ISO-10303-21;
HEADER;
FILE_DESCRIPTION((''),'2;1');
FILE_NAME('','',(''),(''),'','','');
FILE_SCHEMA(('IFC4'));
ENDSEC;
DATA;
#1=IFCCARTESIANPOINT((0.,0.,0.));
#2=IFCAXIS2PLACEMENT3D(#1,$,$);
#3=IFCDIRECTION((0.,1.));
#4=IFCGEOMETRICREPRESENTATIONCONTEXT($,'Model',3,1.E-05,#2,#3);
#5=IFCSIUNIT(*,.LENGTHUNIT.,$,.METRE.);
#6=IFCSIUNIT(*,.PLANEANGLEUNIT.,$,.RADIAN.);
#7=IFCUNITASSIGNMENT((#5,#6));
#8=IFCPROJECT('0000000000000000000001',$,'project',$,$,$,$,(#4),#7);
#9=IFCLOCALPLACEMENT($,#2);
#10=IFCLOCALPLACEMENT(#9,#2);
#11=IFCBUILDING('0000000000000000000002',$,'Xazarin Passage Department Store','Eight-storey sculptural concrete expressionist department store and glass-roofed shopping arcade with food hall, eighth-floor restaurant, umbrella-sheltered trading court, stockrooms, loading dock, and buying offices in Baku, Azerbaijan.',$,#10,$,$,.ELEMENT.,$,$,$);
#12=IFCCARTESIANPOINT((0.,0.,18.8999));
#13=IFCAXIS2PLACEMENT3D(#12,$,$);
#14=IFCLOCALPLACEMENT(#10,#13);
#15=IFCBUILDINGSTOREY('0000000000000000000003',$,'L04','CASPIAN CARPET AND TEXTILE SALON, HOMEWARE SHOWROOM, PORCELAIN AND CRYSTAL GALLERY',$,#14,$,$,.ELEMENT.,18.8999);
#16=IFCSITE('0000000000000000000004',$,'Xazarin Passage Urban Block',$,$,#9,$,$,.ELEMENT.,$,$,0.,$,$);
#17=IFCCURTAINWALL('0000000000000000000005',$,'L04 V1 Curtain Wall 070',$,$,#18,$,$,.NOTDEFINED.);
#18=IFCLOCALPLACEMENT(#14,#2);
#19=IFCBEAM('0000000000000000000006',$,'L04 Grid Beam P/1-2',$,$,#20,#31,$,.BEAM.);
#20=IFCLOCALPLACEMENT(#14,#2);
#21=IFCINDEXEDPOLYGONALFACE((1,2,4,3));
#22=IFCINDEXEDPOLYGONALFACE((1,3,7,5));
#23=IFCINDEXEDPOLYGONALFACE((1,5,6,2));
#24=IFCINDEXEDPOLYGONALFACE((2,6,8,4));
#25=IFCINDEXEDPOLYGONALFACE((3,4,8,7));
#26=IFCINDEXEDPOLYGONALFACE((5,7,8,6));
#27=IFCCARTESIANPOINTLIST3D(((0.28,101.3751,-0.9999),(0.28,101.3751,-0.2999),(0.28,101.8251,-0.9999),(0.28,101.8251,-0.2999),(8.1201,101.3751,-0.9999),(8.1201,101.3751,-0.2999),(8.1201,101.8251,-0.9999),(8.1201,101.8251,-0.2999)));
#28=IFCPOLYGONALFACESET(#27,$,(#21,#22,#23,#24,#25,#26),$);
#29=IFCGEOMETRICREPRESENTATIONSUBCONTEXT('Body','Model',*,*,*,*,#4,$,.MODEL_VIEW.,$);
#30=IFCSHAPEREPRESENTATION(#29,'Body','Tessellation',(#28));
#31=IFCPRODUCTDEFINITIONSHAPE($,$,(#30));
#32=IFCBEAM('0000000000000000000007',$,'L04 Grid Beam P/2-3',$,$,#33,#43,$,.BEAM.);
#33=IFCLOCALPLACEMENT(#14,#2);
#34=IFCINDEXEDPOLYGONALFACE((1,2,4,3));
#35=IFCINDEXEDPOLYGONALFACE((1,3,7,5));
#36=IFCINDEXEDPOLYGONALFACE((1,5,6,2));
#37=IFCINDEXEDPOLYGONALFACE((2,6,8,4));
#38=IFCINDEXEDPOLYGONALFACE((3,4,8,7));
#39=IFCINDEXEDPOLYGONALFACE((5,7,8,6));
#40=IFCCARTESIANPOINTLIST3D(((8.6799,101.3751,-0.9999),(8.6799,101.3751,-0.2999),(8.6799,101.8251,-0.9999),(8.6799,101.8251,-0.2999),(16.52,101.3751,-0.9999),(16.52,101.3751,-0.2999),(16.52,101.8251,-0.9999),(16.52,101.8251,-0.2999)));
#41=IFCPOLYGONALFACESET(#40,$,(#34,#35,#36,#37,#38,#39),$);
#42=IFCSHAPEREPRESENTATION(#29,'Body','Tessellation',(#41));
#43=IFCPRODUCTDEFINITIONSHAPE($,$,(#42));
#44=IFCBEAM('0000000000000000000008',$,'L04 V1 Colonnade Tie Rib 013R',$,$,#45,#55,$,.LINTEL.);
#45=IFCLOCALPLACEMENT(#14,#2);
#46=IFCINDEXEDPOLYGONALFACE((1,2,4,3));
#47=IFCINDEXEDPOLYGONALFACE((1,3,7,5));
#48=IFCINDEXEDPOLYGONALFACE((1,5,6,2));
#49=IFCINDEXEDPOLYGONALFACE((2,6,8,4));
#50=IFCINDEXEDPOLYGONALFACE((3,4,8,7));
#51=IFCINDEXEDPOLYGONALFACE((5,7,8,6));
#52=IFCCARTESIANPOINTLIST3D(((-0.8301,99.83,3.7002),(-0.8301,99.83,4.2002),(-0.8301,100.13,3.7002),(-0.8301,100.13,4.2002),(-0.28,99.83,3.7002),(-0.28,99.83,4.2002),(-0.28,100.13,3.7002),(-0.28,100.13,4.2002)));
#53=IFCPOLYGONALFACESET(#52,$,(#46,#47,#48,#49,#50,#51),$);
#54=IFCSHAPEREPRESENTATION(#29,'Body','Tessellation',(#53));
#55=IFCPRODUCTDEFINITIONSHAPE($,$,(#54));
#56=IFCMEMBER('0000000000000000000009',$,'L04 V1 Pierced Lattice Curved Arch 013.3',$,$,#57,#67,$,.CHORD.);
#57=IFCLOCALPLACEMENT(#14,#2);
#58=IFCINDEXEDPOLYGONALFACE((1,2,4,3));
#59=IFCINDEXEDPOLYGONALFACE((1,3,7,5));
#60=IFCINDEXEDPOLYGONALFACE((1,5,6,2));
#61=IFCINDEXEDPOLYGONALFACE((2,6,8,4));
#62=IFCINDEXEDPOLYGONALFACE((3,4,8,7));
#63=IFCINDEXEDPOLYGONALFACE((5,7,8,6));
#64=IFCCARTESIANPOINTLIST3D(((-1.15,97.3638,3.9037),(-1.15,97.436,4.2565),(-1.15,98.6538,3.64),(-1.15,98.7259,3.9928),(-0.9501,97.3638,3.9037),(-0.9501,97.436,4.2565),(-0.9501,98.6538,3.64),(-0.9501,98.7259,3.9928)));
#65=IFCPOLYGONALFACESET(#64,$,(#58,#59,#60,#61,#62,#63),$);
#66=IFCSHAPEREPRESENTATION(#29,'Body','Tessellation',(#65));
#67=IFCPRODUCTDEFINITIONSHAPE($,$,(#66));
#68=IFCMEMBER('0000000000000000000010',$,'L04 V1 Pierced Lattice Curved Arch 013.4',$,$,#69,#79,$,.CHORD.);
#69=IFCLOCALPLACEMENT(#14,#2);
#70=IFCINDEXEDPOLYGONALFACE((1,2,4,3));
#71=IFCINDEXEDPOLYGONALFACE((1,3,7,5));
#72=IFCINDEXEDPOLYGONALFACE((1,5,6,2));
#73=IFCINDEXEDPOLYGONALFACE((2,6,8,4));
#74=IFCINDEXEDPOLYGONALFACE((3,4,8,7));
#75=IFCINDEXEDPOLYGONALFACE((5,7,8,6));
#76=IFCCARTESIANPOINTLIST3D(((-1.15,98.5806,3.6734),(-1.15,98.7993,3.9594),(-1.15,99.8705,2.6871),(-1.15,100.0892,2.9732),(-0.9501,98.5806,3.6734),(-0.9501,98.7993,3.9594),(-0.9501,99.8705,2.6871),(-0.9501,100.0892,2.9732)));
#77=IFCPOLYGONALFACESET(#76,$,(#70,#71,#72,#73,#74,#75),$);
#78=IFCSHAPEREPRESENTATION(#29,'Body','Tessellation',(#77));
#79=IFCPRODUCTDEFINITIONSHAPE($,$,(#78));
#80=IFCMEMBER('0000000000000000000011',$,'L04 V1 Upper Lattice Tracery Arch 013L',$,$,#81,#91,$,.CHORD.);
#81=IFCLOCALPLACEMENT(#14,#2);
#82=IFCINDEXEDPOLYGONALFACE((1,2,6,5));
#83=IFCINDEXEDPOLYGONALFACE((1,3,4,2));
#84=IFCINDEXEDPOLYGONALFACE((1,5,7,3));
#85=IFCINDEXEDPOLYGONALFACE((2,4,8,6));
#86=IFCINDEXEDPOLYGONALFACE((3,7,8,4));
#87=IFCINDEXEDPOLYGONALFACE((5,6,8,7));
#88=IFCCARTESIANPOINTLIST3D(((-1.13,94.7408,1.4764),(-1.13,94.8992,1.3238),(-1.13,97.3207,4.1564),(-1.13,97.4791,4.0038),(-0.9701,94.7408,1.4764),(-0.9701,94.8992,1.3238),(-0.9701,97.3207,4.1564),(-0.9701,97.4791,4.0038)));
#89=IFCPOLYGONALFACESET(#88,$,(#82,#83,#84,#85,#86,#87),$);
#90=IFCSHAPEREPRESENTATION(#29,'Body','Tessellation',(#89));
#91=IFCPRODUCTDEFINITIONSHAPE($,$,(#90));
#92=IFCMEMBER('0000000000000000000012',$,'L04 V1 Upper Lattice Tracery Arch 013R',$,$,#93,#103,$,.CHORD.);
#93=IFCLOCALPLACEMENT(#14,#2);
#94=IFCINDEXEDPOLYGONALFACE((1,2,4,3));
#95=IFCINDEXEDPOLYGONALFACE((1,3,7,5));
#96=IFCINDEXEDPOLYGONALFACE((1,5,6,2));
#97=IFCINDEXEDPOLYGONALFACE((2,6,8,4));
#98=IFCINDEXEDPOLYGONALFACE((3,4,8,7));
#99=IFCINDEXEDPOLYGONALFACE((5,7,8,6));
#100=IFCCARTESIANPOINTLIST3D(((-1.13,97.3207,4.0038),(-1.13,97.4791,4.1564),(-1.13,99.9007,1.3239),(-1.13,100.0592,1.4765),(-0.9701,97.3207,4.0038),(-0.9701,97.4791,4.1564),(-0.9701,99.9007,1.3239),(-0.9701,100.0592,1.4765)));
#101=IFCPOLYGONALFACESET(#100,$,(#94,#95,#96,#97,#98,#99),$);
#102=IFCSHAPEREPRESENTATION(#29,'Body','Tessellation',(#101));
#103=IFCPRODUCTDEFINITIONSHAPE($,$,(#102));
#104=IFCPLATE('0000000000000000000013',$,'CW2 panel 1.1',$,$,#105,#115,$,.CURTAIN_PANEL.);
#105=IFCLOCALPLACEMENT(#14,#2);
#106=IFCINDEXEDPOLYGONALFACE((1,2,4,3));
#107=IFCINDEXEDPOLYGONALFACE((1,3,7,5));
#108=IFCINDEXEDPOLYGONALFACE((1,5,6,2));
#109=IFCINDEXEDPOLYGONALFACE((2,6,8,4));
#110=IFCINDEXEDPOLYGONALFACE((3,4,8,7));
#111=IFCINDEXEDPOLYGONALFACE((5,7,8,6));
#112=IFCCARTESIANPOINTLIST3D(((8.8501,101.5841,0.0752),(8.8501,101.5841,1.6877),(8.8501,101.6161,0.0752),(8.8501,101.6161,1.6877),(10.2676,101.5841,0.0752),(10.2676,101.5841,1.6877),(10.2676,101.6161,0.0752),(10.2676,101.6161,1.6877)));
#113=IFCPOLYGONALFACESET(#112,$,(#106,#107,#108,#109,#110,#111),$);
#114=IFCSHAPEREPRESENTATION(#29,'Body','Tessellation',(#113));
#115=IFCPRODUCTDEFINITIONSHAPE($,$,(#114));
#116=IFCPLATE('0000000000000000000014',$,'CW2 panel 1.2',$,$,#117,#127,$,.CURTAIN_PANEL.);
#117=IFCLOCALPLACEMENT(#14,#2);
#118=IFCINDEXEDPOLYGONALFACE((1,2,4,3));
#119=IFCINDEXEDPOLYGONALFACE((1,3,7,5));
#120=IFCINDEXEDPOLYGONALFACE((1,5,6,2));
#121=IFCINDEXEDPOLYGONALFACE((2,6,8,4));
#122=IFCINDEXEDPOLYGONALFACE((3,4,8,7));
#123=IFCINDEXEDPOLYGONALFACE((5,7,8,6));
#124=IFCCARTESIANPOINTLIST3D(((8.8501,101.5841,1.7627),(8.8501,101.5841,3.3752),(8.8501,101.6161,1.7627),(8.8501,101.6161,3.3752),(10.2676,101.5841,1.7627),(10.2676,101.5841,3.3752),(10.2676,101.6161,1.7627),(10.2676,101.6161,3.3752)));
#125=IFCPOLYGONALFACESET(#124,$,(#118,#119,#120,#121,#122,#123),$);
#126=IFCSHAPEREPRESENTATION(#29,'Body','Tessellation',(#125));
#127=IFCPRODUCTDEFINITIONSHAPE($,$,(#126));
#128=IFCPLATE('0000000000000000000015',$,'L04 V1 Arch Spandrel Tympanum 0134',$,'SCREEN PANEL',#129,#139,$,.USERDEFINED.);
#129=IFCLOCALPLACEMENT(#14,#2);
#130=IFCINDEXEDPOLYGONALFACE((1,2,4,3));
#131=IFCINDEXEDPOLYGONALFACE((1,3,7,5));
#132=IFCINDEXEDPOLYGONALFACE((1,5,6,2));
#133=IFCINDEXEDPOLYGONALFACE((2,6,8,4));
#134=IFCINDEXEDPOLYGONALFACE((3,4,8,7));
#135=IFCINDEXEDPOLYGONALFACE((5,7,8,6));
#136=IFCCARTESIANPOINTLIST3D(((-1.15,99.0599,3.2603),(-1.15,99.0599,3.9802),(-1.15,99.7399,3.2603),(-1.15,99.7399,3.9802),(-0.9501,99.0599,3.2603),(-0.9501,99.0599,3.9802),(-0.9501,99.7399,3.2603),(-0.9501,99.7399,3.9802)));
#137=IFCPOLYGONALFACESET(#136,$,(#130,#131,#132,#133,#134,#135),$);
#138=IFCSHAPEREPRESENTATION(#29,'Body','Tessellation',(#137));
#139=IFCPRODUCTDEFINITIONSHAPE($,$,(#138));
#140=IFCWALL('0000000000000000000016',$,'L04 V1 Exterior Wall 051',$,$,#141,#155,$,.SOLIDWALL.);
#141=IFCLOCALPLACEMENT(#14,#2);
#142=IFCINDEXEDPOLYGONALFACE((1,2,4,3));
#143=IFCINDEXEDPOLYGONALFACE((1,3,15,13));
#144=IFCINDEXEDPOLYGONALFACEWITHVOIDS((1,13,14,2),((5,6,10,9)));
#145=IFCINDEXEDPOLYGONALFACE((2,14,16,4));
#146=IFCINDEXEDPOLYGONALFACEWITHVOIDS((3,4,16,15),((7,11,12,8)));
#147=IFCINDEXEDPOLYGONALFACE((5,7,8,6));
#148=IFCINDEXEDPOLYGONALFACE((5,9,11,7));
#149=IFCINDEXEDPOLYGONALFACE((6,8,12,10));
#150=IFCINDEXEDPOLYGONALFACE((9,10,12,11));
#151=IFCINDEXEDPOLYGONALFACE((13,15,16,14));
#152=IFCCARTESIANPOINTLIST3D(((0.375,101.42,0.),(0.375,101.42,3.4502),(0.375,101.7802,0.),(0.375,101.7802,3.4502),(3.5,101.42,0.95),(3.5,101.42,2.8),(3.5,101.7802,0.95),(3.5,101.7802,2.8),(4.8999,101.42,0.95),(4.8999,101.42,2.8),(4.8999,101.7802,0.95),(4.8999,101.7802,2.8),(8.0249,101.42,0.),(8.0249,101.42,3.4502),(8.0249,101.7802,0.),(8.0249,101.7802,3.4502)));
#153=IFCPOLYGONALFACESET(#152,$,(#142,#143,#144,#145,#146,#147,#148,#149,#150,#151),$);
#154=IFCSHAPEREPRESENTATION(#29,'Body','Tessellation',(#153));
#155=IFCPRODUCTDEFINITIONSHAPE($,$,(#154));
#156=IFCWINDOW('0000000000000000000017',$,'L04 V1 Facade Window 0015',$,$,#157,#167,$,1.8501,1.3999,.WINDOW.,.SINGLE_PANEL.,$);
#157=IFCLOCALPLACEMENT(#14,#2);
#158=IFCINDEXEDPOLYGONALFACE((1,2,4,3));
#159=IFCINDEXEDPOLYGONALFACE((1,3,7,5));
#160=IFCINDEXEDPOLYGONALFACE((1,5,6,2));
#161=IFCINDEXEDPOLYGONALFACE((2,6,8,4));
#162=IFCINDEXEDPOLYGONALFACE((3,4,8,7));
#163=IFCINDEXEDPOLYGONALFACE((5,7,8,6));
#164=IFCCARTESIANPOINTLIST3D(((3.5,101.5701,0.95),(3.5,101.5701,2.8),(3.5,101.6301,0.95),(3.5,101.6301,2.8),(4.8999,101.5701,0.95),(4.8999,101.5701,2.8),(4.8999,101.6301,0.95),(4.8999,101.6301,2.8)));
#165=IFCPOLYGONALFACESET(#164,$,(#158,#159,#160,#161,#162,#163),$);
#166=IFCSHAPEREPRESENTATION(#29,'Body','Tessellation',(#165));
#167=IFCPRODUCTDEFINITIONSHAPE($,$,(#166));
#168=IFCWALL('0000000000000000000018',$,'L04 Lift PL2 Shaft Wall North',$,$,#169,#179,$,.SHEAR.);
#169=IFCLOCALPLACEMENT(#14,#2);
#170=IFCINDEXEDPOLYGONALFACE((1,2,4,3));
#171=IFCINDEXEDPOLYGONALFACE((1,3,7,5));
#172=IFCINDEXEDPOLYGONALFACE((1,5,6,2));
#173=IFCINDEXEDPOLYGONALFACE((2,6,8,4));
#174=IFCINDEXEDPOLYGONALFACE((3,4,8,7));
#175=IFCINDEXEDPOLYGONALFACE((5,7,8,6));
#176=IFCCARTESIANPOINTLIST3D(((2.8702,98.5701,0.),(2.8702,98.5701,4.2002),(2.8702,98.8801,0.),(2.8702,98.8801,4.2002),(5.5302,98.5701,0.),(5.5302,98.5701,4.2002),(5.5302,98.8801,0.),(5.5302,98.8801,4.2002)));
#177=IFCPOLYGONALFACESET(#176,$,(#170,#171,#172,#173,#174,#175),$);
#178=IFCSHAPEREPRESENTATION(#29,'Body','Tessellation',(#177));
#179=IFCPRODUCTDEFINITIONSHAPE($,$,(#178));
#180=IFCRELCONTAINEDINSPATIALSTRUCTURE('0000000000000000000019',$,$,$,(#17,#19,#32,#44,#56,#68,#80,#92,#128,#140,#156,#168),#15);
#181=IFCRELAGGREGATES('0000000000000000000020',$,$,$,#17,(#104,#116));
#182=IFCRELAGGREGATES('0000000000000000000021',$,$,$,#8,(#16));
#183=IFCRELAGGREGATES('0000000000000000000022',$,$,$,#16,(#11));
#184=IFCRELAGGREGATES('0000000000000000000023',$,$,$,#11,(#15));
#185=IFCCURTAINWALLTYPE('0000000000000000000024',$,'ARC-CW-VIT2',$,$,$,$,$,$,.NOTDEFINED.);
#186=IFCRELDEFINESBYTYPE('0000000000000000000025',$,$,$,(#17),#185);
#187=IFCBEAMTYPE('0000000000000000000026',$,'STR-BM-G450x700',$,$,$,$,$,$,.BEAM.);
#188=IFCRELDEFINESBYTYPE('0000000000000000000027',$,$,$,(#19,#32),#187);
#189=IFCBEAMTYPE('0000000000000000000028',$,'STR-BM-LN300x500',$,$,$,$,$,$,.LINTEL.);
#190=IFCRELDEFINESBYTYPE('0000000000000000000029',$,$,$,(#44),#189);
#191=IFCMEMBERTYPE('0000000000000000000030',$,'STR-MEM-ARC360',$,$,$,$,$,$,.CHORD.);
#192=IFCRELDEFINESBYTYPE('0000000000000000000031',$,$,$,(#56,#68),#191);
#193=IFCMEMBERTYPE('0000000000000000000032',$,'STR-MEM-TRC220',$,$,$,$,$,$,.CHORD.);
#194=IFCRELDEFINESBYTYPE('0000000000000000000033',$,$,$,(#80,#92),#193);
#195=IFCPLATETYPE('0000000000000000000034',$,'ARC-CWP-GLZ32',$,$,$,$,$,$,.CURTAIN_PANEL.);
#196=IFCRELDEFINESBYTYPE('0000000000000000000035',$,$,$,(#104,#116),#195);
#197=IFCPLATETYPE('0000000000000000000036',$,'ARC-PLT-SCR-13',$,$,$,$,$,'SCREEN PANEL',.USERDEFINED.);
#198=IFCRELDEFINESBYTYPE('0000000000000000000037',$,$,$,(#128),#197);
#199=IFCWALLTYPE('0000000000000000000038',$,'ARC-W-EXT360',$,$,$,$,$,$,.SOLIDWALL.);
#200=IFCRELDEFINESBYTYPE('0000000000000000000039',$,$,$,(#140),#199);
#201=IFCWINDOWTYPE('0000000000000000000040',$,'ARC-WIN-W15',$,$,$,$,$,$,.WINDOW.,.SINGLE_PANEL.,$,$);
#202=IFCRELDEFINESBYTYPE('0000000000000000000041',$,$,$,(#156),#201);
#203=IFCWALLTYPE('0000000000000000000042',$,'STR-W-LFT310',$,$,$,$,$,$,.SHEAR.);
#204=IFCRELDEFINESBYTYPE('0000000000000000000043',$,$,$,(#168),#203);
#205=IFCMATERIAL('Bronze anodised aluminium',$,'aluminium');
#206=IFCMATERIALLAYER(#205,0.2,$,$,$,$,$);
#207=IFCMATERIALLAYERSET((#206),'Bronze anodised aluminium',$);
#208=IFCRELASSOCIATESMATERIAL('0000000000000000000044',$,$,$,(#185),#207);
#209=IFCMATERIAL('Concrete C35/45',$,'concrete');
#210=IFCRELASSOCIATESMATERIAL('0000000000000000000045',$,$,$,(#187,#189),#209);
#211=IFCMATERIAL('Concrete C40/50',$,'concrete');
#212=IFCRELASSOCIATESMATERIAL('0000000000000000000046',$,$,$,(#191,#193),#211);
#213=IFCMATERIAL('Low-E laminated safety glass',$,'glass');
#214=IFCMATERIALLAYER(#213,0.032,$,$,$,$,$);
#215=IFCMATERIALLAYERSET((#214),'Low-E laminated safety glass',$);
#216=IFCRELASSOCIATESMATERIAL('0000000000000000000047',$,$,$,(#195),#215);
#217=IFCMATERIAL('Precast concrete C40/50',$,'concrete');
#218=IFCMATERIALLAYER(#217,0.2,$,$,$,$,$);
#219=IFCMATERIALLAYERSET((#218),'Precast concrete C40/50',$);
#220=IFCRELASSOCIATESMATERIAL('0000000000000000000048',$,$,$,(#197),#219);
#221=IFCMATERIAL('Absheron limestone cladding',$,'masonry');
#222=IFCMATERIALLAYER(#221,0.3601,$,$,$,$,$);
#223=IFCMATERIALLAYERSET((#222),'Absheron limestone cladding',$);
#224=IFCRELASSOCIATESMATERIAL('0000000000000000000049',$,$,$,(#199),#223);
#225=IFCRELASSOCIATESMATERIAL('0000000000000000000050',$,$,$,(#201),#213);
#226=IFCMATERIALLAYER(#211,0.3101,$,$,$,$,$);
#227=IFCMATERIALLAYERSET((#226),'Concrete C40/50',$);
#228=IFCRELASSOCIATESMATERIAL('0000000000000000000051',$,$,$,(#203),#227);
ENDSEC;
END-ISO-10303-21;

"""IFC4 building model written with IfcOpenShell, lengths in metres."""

from ifc_helpers import new_model, si_unit, direction, frame, frame_2d, origin, origin_2d, place, context, subcontext, project, spatial, rectangle, extrude, material, layer, layer_set, material_profile, profile_set, type_object, element, fill, aggregate, save


model = new_model("IFC4")

# Units and contexts
model_context = context("Model", 3, precision=1e-05, world=origin(), true_north=direction((0.0, 1.0)))
body_context = subcontext(model_context, "Body", "Model", "MODEL_VIEW")
ifc_project = project(units=[si_unit("LENGTHUNIT", "METRE"), si_unit("PLANEANGLEUNIT", "RADIAN")], contexts=[model_context])

# Site, building, storey
site_placement = place(None, origin())
site = spatial("IfcSite", under=ifc_project, at=site_placement, Name="Xazarin Passage Urban Block", CompositionType="ELEMENT", RefElevation=0.0)
building_placement = place(site_placement, origin())
building = spatial("IfcBuilding", under=site, at=building_placement, Name="Xazarin Passage Department Store", Description="Eight-storey sculptural concrete expressionist department store and glass-roofed shopping arcade with food hall, eighth-floor restaurant, umbrella-sheltered trading court, stockrooms, loading dock, and buying offices in Baku, Azerbaijan.", CompositionType="ELEMENT")
storey_placement = place(building_placement, frame((0.0, 0.0, 18.8999)))
storey = spatial("IfcBuildingStorey", under=building, at=storey_placement, Name="L04", Description="CASPIAN CARPET AND TEXTILE SALON, HOMEWARE SHOWROOM, PORCELAIN AND CRYSTAL GALLERY", CompositionType="ELEMENT", Elevation=18.8999)

# Shared definitions
ifc_material_1 = material(Name="Concrete C40/50", Category="concrete")

# Curtain wall
ifc_material_2 = material(Name="Bronze anodised aluminium", Category="aluminium")
ifc_layer_1 = layer(ifc_material_2, 0.2)
ifc_layer_set_1 = layer_set([ifc_layer_1], Name="Bronze anodised aluminium")
curtain_wall_type = type_object("IfcCurtainWallType", Name="ARC-CW-VIT2", PredefinedType="NOTDEFINED", material=ifc_layer_set_1)
curtain_wall_placement = place(storey_placement, origin())
curtain_wall = element("IfcCurtainWall", 1, at=curtain_wall_placement, inside=storey, type_object=curtain_wall_type, Name="L04 V1 Curtain Wall 070", PredefinedType="NOTDEFINED")

# Beams
ifc_material_3 = material(Name="Concrete C35/45", Category="concrete")
ifc_material_profile_1 = material_profile(ifc_material_3, rectangle(XDim=0.45, YDim=0.7, at=origin_2d()), Name="RC 450x700")
ifc_profile_set_1 = profile_set([ifc_material_profile_1], Name="Concrete C35/45")
beam_type_1 = type_object("IfcBeamType", Name="STR-BM-G450x700", PredefinedType="BEAM", material=ifc_profile_set_1)
for number, where, z_axis, x_axis, name in (
    (2, (0.28, 101.6001, -0.6499), (1.0, 0.0, 0.0), (0.0, 1.0, 0.0), "L04 Grid Beam P/1-2"),
    (3, (8.6799, 101.6001, -0.6499), (1.0, 0.0, 0.0), (0.0, 1.0, 0.0), "L04 Grid Beam P/2-3"),
):
    element("IfcBeam", number, at=place(storey_placement, frame(where, z_axis=z_axis, x_axis=x_axis)), inside=storey, type_object=beam_type_1, Name=name, PredefinedType="BEAM", context=body_context, shape_type="SweptSolid", body=[
        extrude(rectangle(XDim=0.45, YDim=0.7, at=origin_2d()), origin(), (0.0, 0.0, 1.0), 7.8401),
    ])
ifc_material_profile_2 = material_profile(ifc_material_3, rectangle(XDim=0.3, YDim=0.5, at=origin_2d()), Name="RC 300x500")
ifc_profile_set_2 = profile_set([ifc_material_profile_2], Name="Concrete C35/45")
beam_type_2 = type_object("IfcBeamType", Name="STR-BM-LN300x500", PredefinedType="LINTEL", material=ifc_profile_set_2)
beam_placement = place(storey_placement, frame((-0.28, 99.98, 3.9502), z_axis=(-1.0, 0.0, 0.0), x_axis=(0.0, -1.0, 0.0)))
element("IfcBeam", 4, at=beam_placement, inside=storey, type_object=beam_type_2, Name="L04 V1 Colonnade Tie Rib 013R", PredefinedType="LINTEL", context=body_context, shape_type="SweptSolid", body=[
    extrude(rectangle(XDim=0.3, YDim=0.5, at=origin_2d()), origin(), (0.0, 0.0, 1.0), 0.55),
])

# Members
ifc_material_profile_3 = material_profile(ifc_material_1, rectangle(XDim=0.2, YDim=0.3601, at=origin_2d()), Name="RC 200x360")
ifc_profile_set_3 = profile_set([ifc_material_profile_3], Name="Concrete C40/50")
member_type_1 = type_object("IfcMemberType", Name="STR-MEM-ARC360", PredefinedType="CHORD", material=ifc_profile_set_3)
member_1_placement = place(storey_placement, frame((-1.05, 97.3999, 4.0801), z_axis=(0.0, 0.979745, -0.200251), x_axis=(-1.0, 0.0, 0.0)))
element("IfcMember", 5, at=member_1_placement, inside=storey, type_object=member_type_1, Name="L04 V1 Pierced Lattice Curved Arch 013.3", PredefinedType="CHORD", context=body_context, shape_type="SweptSolid", body=[
    extrude(rectangle(XDim=0.2, YDim=0.3601, at=origin_2d()), origin(), (0.0, 0.0, 1.0), 1.3167),
])
member_2_placement = place(storey_placement, frame((-1.05, 98.6899, 3.8164), z_axis=(0.0, 0.794409, -0.607383), x_axis=(-1.0, 0.0, 0.0)))
element("IfcMember", 6, at=member_2_placement, inside=storey, type_object=member_type_1, Name="L04 V1 Pierced Lattice Curved Arch 013.4", PredefinedType="CHORD", context=body_context, shape_type="SweptSolid", body=[
    extrude(rectangle(XDim=0.2, YDim=0.3601, at=origin_2d()), origin(), (0.0, 0.0, 1.0), 1.6238),
])
ifc_material_profile_4 = material_profile(ifc_material_1, rectangle(XDim=0.1599, YDim=0.22, at=origin_2d()), Name="RC 160x220")
ifc_profile_set_4 = profile_set([ifc_material_profile_4], Name="Concrete C40/50")
member_type_2 = type_object("IfcMemberType", Name="STR-MEM-TRC220", PredefinedType="CHORD", material=ifc_profile_set_4)
for number, where, z_axis, x_axis, name in (
    (7, (-1.05, 97.3999, 4.0801), (0.0, -0.693524, -0.720433), (1.0, 0.0, 0.0), "L04 V1 Upper Lattice Tracery Arch 013L"),
    (8, (-1.05, 97.3999, 4.0801), (0.0, 0.693558, -0.7204), (-1.0, 0.0, 0.0), "L04 V1 Upper Lattice Tracery Arch 013R"),
):
    element("IfcMember", number, at=place(storey_placement, frame(where, z_axis=z_axis, x_axis=x_axis)), inside=storey, type_object=member_type_2, Name=name, PredefinedType="CHORD", context=body_context, shape_type="SweptSolid", body=[
        extrude(rectangle(XDim=0.1599, YDim=0.22, at=origin_2d()), origin(), (0.0, 0.0, 1.0), 3.72),
    ])

# Plates
ifc_material_4 = material(Name="Low-E laminated safety glass", Category="glass")
ifc_layer_2 = layer(ifc_material_4, 0.032)
ifc_layer_set_2 = layer_set([ifc_layer_2], Name="Low-E laminated safety glass")
plate_type_1 = type_object("IfcPlateType", Name="ARC-CWP-GLZ32", PredefinedType="CURTAIN_PANEL", material=ifc_layer_set_2)
plate_1_placement = place(storey_placement, frame((9.5588, 101.6001, 0.0752), z_axis=(0.0, 0.0, 1.0), x_axis=(1.0, 0.0, 0.0)))
plate_1 = element("IfcPlate", 9, at=plate_1_placement, type_object=plate_type_1, Name="CW2 panel 1.1", PredefinedType="CURTAIN_PANEL", context=body_context, shape_type="SweptSolid", body=[
    extrude(rectangle(XDim=1.4175, YDim=0.032, at=origin_2d()), origin(), (0.0, 0.0, 1.0), 1.6125),
])
plate_2_placement = place(storey_placement, frame((9.5588, 101.6001, 1.7627), z_axis=(0.0, 0.0, 1.0), x_axis=(1.0, 0.0, 0.0)))
plate_2 = element("IfcPlate", 10, at=plate_2_placement, type_object=plate_type_1, Name="CW2 panel 1.2", PredefinedType="CURTAIN_PANEL", context=body_context, shape_type="SweptSolid", body=[
    extrude(rectangle(XDim=1.4175, YDim=0.032, at=origin_2d()), origin(), (0.0, 0.0, 1.0), 1.6125),
])
aggregate(curtain_wall, [plate_1, plate_2])
ifc_material_5 = material(Name="Precast concrete C40/50", Category="concrete")
ifc_layer_3 = layer(ifc_material_5, 0.2)
ifc_layer_set_3 = layer_set([ifc_layer_3], Name="Precast concrete C40/50")
plate_type_2 = type_object("IfcPlateType", Name="ARC-PLT-SCR-13", ElementType="SCREEN PANEL", PredefinedType="USERDEFINED", material=ifc_layer_set_3)
plate_3_placement = place(storey_placement, frame((-1.05, 99.3999, 3.2603), z_axis=(0.0, 0.0, 1.0), x_axis=(0.0, 1.0, 0.0)))
element("IfcPlate", 11, at=plate_3_placement, inside=storey, type_object=plate_type_2, Name="L04 V1 Arch Spandrel Tympanum 0134", ObjectType="SCREEN PANEL", PredefinedType="USERDEFINED", context=body_context, shape_type="SweptSolid", body=[
    extrude(rectangle(XDim=0.6799, YDim=0.2, at=origin_2d()), origin(), (0.0, 0.0, 1.0), 0.72),
])

# Wall, opening, window
ifc_material_6 = material(Name="Absheron limestone cladding", Category="masonry")
ifc_layer_4 = layer(ifc_material_6, 0.3601)
ifc_layer_set_4 = layer_set([ifc_layer_4], Name="Absheron limestone cladding")
wall_type_1 = type_object("IfcWallType", Name="ARC-W-EXT360", PredefinedType="SOLIDWALL", material=ifc_layer_set_4)
wall_1_placement = place(storey_placement, frame((0.375, 101.6001, 0.0), z_axis=(0.0, 0.0, 1.0), x_axis=(1.0, 0.0, 0.0)))
wall_1 = element("IfcWall", 12, at=wall_1_placement, inside=storey, type_object=wall_type_1, Name="L04 V1 Exterior Wall 051", PredefinedType="SOLIDWALL", context=body_context, shape_type="SweptSolid", body=[
    extrude(rectangle(XDim=7.6499, YDim=0.3601, at=frame_2d((3.825, 0.0))), origin(), (0.0, 0.0, 1.0), 3.4502),
])
opening_placement = place(wall_1_placement, frame((3.125, 0.0, 0.95)))
opening = element("IfcOpeningElement", 13, at=opening_placement, cuts=wall_1, PredefinedType="OPENING", context=body_context, shape_type="SweptSolid", body=[
    extrude(rectangle(XDim=1.3999, YDim=1.8501, at=frame_2d((0.7, 0.925))), frame((0.0, 0.1899, 0.0), z_axis=(0.0, -1.0, 0.0), x_axis=(1.0, 0.0, 0.0)), (0.0, 0.0, 1.0), 0.3801),
])
window_type = type_object("IfcWindowType", Name="ARC-WIN-W15", PartitioningType="SINGLE_PANEL", PredefinedType="WINDOW", material=ifc_material_4)
window_placement = place(opening_placement, origin())
window = element("IfcWindow", 14, at=window_placement, inside=storey, type_object=window_type, Name="L04 V1 Facade Window 0015", OverallHeight=1.8501, OverallWidth=1.3999, PartitioningType="SINGLE_PANEL", PredefinedType="WINDOW", context=body_context, shape_type="SweptSolid", body=[
    extrude(rectangle(XDim=1.3999, YDim=1.8501, at=frame_2d((0.7, 0.925))), frame((0.0, 0.03, 0.0), z_axis=(0.0, -1.0, 0.0), x_axis=(1.0, 0.0, 0.0)), (0.0, 0.0, 1.0), 0.0601),
])
fill(opening, window)

# Wall
ifc_layer_5 = layer(ifc_material_1, 0.3101)
ifc_layer_set_5 = layer_set([ifc_layer_5], Name="Concrete C40/50")
wall_type_2 = type_object("IfcWallType", Name="STR-W-LFT310", PredefinedType="SHEAR", material=ifc_layer_set_5)
wall_2_placement = place(storey_placement, frame((2.8701, 98.7251, 0.0), z_axis=(0.0, 0.0, 1.0), x_axis=(1.0, 0.0, 0.0)))
element("IfcWall", 15, at=wall_2_placement, inside=storey, type_object=wall_type_2, Name="L04 Lift PL2 Shaft Wall North", PredefinedType="SHEAR", context=body_context, shape_type="SweptSolid", body=[
    extrude(rectangle(XDim=2.6599, YDim=0.3101, at=frame_2d((1.3301, 0.0))), origin(), (0.0, 0.0, 1.0), 4.2002),
])

save(model, "model.ifc")
